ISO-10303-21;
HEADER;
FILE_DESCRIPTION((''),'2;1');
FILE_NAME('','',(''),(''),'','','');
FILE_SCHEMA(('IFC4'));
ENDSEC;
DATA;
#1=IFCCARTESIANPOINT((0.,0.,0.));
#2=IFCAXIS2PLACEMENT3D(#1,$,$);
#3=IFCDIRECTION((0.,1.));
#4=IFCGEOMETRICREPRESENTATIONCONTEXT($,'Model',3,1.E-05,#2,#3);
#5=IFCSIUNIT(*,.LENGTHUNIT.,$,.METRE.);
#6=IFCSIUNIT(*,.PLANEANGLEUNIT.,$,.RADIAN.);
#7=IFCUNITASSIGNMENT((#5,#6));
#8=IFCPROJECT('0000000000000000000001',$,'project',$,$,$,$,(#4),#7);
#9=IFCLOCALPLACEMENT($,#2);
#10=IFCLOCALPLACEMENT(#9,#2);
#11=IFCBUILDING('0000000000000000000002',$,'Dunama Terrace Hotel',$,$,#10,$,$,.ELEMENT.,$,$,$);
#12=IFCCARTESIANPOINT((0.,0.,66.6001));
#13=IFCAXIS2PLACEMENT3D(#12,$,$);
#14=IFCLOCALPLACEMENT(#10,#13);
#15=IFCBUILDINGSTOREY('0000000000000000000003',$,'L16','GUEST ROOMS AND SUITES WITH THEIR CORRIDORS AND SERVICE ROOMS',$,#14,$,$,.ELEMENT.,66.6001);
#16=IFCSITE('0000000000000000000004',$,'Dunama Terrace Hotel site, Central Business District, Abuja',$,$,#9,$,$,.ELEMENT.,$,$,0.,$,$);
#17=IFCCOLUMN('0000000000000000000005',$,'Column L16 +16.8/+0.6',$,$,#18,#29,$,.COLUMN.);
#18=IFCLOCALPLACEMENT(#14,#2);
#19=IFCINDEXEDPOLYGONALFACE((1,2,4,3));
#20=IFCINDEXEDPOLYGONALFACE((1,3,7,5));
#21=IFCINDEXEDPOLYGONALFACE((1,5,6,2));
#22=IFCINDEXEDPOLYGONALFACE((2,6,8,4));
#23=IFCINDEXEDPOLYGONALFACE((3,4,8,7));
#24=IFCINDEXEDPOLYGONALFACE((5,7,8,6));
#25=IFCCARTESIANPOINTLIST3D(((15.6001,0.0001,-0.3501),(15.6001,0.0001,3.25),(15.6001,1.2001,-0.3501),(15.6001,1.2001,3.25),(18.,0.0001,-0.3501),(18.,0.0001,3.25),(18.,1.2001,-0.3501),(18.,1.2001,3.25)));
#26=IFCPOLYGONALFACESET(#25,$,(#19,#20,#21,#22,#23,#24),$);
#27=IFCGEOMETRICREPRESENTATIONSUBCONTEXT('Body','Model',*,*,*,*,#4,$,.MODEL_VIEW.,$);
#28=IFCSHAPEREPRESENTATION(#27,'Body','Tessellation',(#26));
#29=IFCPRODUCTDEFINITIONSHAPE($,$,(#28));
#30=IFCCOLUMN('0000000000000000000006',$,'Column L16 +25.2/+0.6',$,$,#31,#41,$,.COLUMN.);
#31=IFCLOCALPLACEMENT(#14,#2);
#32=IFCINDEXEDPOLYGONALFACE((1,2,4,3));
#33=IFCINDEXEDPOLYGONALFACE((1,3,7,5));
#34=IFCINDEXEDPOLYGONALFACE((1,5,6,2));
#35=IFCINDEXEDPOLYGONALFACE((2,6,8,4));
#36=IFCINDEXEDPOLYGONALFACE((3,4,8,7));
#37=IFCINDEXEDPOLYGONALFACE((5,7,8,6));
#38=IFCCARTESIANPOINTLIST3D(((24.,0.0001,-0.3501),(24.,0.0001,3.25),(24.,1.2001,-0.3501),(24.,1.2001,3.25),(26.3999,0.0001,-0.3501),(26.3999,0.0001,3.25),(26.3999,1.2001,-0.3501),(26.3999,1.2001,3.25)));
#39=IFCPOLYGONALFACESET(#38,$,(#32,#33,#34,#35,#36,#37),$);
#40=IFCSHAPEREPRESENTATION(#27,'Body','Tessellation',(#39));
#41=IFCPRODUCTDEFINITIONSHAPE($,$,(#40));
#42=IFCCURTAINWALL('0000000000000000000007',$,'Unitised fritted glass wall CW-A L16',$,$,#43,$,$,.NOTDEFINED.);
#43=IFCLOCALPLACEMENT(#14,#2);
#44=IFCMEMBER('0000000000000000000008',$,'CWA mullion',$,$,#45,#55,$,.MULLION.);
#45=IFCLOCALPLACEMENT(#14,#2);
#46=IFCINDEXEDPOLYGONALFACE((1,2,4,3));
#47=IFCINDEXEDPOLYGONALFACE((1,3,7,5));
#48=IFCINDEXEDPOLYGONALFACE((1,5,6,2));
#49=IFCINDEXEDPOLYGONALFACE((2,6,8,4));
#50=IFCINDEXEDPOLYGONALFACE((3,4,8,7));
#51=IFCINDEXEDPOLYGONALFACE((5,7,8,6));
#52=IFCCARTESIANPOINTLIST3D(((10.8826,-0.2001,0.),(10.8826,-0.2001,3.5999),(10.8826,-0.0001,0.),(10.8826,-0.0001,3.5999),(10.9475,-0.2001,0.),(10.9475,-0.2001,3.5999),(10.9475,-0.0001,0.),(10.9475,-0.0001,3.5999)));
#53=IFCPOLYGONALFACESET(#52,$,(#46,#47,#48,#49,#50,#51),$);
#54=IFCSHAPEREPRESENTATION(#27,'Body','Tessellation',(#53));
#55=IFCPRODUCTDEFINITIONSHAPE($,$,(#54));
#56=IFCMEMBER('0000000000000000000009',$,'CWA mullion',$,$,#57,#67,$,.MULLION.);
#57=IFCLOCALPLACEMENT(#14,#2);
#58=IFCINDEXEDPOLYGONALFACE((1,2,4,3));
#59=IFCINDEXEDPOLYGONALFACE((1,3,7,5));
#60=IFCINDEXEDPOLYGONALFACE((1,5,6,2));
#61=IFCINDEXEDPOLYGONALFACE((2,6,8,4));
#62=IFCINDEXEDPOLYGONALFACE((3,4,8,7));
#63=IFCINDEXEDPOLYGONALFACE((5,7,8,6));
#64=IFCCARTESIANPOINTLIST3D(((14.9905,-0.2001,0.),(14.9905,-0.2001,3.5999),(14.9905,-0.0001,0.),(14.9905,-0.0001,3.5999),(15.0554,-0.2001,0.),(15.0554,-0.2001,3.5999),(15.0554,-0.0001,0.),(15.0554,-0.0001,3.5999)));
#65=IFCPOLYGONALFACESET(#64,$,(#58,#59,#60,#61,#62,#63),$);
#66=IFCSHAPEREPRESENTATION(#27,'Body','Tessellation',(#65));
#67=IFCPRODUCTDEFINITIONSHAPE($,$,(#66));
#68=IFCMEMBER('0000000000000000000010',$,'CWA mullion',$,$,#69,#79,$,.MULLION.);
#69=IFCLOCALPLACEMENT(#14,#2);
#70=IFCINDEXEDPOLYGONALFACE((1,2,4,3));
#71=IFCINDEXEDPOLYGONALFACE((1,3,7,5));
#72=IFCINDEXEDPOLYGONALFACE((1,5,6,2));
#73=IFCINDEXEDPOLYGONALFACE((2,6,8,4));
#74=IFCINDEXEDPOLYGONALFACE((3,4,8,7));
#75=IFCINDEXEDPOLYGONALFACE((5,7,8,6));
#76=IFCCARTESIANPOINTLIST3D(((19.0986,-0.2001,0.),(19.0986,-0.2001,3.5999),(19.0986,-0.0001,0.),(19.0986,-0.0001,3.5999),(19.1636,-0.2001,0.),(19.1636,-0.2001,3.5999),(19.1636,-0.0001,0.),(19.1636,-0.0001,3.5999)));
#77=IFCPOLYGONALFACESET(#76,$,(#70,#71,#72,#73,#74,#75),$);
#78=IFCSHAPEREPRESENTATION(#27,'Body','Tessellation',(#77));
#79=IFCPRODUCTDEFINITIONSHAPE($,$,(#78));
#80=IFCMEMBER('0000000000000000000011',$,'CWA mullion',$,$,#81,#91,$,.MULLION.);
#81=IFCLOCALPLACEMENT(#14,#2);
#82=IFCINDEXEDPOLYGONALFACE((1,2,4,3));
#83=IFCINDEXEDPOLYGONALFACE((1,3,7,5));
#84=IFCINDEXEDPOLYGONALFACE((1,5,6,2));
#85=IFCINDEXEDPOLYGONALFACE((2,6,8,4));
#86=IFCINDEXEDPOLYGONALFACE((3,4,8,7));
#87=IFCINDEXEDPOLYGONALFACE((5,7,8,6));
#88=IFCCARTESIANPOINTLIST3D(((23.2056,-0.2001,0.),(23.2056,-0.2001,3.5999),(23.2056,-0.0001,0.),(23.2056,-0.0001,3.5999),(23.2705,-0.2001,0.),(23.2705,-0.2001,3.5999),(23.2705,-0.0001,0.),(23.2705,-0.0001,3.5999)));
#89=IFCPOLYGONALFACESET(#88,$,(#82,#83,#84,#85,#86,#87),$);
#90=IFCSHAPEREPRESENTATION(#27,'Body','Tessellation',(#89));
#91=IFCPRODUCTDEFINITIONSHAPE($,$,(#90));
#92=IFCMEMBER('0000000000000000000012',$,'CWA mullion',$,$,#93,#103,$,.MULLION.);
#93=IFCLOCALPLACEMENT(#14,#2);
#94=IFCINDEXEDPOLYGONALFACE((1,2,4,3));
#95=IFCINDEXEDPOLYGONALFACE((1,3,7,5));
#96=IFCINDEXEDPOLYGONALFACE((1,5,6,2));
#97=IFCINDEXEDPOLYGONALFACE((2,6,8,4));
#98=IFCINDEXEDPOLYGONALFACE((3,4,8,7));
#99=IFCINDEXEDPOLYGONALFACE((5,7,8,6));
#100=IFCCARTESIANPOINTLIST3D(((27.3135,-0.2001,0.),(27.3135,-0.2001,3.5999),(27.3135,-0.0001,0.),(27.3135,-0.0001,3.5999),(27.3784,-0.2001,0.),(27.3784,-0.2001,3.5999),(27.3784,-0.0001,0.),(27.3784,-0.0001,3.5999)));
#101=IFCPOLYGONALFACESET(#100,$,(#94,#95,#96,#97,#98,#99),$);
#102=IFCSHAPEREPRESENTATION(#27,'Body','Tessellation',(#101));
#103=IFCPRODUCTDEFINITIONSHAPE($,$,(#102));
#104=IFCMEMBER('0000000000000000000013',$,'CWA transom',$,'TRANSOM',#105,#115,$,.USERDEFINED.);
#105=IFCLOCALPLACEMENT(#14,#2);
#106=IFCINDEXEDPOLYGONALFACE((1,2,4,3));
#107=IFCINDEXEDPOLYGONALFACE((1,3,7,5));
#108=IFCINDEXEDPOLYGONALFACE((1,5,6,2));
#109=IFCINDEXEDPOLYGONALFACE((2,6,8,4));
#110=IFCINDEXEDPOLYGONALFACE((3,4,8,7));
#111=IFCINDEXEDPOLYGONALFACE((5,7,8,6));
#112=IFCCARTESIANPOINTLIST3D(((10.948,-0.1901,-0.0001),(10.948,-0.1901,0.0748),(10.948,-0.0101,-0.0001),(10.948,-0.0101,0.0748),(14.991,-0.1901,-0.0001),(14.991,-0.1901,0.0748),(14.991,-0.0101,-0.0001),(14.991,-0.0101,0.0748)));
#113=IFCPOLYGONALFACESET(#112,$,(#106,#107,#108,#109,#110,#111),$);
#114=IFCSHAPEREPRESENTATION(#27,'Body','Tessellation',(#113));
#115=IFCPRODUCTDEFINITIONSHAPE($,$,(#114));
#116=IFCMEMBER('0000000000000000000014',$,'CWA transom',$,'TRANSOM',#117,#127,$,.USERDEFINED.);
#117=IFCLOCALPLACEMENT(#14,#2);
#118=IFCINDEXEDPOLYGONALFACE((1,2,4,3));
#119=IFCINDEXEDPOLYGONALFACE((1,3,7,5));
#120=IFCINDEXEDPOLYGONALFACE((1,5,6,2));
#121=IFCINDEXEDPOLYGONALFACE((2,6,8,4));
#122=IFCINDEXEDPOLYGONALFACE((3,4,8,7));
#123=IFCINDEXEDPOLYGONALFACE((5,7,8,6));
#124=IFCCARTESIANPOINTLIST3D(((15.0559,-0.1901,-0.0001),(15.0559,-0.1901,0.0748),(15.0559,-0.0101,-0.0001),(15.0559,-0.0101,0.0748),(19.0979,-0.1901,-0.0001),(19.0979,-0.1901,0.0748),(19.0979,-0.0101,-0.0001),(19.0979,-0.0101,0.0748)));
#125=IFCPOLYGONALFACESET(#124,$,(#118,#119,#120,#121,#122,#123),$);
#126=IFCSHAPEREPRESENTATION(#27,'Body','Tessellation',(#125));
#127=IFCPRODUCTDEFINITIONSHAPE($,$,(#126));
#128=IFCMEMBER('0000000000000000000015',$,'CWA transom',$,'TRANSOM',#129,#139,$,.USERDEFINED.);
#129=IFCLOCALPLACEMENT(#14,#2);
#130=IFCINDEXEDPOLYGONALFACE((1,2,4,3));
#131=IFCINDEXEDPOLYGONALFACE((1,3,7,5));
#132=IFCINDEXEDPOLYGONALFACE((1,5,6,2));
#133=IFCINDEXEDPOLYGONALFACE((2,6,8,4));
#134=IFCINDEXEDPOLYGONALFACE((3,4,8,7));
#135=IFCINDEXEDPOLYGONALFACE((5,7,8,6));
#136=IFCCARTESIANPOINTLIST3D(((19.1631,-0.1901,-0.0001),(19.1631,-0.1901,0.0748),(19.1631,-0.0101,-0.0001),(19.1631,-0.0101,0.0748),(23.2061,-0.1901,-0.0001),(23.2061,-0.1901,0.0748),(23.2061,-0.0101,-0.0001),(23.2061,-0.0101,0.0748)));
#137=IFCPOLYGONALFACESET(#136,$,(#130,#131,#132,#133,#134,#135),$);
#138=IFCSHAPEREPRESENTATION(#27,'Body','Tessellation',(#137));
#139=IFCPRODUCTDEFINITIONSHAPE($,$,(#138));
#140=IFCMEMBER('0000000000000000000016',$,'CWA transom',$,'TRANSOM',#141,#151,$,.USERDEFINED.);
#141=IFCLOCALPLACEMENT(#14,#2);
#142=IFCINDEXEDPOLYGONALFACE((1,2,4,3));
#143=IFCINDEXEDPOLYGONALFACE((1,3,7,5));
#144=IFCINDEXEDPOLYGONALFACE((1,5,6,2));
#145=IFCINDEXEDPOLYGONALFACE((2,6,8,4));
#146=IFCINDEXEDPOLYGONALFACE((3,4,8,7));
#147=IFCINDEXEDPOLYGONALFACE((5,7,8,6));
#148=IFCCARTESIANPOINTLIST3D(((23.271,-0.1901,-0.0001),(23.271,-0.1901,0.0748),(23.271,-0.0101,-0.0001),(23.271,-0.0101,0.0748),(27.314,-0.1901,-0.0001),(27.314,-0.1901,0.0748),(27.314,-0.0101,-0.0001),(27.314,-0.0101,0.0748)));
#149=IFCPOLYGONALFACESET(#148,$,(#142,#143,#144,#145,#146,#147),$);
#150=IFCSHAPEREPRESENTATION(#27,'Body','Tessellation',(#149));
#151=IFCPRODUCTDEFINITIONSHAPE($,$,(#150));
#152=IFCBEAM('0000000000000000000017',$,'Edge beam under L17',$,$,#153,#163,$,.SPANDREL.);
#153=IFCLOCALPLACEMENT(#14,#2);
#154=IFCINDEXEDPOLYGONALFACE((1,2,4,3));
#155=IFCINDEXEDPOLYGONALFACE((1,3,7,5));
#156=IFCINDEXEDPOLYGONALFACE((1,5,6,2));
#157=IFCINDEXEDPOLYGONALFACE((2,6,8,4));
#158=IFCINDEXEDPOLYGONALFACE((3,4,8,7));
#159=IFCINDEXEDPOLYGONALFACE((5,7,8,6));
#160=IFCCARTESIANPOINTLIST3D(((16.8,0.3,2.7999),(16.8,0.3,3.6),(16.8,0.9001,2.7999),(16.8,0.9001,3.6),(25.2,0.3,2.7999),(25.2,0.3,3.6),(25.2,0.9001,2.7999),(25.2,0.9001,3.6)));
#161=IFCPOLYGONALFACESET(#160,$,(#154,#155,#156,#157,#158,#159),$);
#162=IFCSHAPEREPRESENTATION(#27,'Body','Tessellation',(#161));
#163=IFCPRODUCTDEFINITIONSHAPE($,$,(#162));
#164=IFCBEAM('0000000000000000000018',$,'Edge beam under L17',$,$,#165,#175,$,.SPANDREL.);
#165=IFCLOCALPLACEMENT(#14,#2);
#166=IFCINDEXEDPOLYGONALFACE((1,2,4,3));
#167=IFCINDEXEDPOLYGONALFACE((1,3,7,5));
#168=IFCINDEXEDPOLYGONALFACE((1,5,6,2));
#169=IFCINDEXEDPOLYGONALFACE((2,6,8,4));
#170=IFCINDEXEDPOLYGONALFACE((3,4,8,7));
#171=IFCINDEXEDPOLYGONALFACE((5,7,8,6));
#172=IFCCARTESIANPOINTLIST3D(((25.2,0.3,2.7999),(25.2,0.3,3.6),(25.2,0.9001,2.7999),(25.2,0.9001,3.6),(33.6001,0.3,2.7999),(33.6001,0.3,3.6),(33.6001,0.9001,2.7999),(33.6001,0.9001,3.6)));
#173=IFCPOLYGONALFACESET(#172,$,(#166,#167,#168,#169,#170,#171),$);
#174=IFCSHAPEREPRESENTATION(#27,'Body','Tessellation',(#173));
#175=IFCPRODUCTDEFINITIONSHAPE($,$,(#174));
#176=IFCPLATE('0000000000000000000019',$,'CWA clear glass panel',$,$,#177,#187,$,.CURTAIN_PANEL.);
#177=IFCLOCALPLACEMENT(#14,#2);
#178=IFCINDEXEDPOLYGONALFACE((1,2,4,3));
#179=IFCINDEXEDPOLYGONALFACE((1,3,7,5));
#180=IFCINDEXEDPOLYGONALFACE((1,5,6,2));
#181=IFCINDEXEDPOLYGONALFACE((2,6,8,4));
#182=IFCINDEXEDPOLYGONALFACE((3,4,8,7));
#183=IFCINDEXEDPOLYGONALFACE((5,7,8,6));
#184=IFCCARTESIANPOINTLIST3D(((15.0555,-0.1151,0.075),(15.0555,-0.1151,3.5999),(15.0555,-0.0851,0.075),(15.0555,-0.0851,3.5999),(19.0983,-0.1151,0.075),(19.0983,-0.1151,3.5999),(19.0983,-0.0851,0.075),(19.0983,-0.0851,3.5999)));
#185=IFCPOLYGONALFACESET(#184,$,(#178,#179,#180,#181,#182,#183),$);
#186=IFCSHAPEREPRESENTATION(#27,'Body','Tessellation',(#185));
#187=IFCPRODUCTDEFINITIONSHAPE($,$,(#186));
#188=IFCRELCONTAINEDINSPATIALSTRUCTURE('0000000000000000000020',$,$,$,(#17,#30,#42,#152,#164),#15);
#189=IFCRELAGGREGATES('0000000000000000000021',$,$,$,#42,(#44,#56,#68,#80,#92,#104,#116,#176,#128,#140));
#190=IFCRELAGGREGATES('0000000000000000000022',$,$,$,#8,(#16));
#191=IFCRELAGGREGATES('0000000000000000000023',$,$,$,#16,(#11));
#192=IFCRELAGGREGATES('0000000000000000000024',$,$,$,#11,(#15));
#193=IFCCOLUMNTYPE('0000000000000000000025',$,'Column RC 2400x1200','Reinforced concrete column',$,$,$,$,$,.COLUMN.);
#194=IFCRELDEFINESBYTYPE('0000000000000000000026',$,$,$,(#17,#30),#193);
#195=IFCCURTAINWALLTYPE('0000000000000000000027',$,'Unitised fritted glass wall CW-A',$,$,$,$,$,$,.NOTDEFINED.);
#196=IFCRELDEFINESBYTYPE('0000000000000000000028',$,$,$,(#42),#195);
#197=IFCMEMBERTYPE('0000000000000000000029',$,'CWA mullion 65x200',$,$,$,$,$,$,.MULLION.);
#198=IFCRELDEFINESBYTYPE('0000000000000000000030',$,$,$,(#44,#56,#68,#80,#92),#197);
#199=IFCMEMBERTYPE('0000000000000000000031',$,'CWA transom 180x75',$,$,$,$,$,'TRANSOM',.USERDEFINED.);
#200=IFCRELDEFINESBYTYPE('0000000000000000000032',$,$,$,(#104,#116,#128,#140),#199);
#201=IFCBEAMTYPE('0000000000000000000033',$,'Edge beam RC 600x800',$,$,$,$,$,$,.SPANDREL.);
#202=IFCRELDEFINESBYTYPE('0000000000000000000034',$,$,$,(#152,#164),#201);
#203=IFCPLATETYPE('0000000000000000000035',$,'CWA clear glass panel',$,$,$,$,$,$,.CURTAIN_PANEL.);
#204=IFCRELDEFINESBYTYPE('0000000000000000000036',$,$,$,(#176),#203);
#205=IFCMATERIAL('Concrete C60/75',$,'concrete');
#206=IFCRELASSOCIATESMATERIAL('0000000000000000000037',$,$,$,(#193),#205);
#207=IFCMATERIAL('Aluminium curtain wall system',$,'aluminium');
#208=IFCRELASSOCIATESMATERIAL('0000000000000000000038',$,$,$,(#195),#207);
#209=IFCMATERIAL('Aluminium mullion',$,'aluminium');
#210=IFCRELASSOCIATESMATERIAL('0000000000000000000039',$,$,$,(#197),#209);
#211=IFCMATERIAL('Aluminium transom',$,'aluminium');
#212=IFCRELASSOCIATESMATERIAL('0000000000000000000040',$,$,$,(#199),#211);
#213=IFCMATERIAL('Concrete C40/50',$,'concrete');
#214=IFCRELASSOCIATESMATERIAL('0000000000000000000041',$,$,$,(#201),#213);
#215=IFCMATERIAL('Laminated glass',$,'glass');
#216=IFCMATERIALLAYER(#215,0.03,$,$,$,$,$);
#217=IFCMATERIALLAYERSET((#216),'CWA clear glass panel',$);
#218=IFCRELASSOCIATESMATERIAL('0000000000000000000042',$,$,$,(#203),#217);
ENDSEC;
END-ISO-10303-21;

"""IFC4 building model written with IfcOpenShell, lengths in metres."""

from ifc_helpers import new_model, si_unit, direction, frame, origin, origin_2d, place, context, subcontext, project, spatial, rectangle, extrude, material, layer, layer_set, material_profile, profile_set, type_object, element, aggregate, save


model = new_model("IFC4")

# Units and contexts
model_context = context("Model", 3, precision=1e-05, world=origin(), true_north=direction((0.0, 1.0)))
body_context = subcontext(model_context, "Body", "Model", "MODEL_VIEW")
ifc_project = project(units=[si_unit("LENGTHUNIT", "METRE"), si_unit("PLANEANGLEUNIT", "RADIAN")], contexts=[model_context])

# Site, building, storey
site_placement = place(None, origin())
site = spatial("IfcSite", under=ifc_project, at=site_placement, Name="Dunama Terrace Hotel site, Central Business District, Abuja", CompositionType="ELEMENT", RefElevation=0.0)
building_placement = place(site_placement, origin())
building = spatial("IfcBuilding", under=site, at=building_placement, Name="Dunama Terrace Hotel", CompositionType="ELEMENT")
storey_placement = place(building_placement, frame((0.0, 0.0, 66.6001)))
storey = spatial("IfcBuildingStorey", under=building, at=storey_placement, Name="L16", Description="GUEST ROOMS AND SUITES WITH THEIR CORRIDORS AND SERVICE ROOMS", CompositionType="ELEMENT", Elevation=66.6001)

# Columns
ifc_material_1 = material(Name="Concrete C60/75", Category="concrete")
ifc_material_profile_1 = material_profile(ifc_material_1, rectangle(XDim=2.3999, YDim=1.2, at=origin_2d()), Name="RC 2400x1200")
ifc_profile_set_1 = profile_set([ifc_material_profile_1], Name="Concrete C60/75")
column_type = type_object("IfcColumnType", Name="Column RC 2400x1200", Description="Reinforced concrete column", PredefinedType="COLUMN", material=ifc_profile_set_1)
for number, where, z_axis, x_axis, name in (
    (1, (16.8, 0.6001, -0.3501), (0.0, 0.0, 1.0), (1.0, 0.0, 0.0), "Column L16 +16.8/+0.6"),
    (2, (25.2, 0.6001, -0.3501), (0.0, 0.0, 1.0), (1.0, 0.0, 0.0), "Column L16 +25.2/+0.6"),
):
    element("IfcColumn", number, at=place(storey_placement, frame(where, z_axis=z_axis, x_axis=x_axis)), inside=storey, type_object=column_type, Name=name, PredefinedType="COLUMN", context=body_context, shape_type="SweptSolid", body=[
        extrude(rectangle(XDim=2.3999, YDim=1.2, at=origin_2d()), origin(), (0.0, 0.0, 1.0), 3.6001),
    ])

# Curtain wall, members
ifc_material_2 = material(Name="Aluminium curtain wall system", Category="aluminium")
curtain_wall_type = type_object("IfcCurtainWallType", Name="Unitised fritted glass wall CW-A", PredefinedType="NOTDEFINED", material=ifc_material_2)
curtain_wall_placement = place(storey_placement, origin())
curtain_wall = element("IfcCurtainWall", 3, at=curtain_wall_placement, inside=storey, type_object=curtain_wall_type, Name="Unitised fritted glass wall CW-A L16", PredefinedType="NOTDEFINED")
ifc_material_3 = material(Name="Aluminium mullion", Category="aluminium")
ifc_material_profile_2 = material_profile(ifc_material_3, rectangle(XDim=0.0649, YDim=0.2, at=origin_2d()), Name="CWA MULLION 65X200")
ifc_profile_set_2 = profile_set([ifc_material_profile_2], Name="Aluminium mullion")
member_type_1 = type_object("IfcMemberType", Name="CWA mullion 65x200", PredefinedType="MULLION", material=ifc_profile_set_2)
member_1_placement = place(storey_placement, frame((10.915, -0.1001, 0.0), z_axis=(0.0, 0.0, 1.0), x_axis=(1.0, 0.0, 0.0)))
member_1 = element("IfcMember", 4, at=member_1_placement, type_object=member_type_1, Name="CWA mullion", PredefinedType="MULLION", context=body_context, shape_type="SweptSolid", body=[
    extrude(rectangle(XDim=0.0649, YDim=0.2, at=origin_2d()), origin(), (0.0, 0.0, 1.0), 3.5999),
])
member_2_placement = place(storey_placement, frame((15.0229, -0.1001, 0.0), z_axis=(0.0, 0.0, 1.0), x_axis=(1.0, 0.0, 0.0)))
member_2 = element("IfcMember", 5, at=member_2_placement, type_object=member_type_1, Name="CWA mullion", PredefinedType="MULLION", context=body_context, shape_type="SweptSolid", body=[
    extrude(rectangle(XDim=0.0649, YDim=0.2, at=origin_2d()), origin(), (0.0, 0.0, 1.0), 3.5999),
])
member_3_placement = place(storey_placement, frame((19.1311, -0.1001, 0.0), z_axis=(0.0, 0.0, 1.0), x_axis=(1.0, 0.0, 0.0)))
member_3 = element("IfcMember", 6, at=member_3_placement, type_object=member_type_1, Name="CWA mullion", PredefinedType="MULLION", context=body_context, shape_type="SweptSolid", body=[
    extrude(rectangle(XDim=0.0649, YDim=0.2, at=origin_2d()), origin(), (0.0, 0.0, 1.0), 3.5999),
])
member_4_placement = place(storey_placement, frame((23.238, -0.1001, 0.0), z_axis=(0.0, 0.0, 1.0), x_axis=(1.0, 0.0, 0.0)))
member_4 = element("IfcMember", 7, at=member_4_placement, type_object=member_type_1, Name="CWA mullion", PredefinedType="MULLION", context=body_context, shape_type="SweptSolid", body=[
    extrude(rectangle(XDim=0.0649, YDim=0.2, at=origin_2d()), origin(), (0.0, 0.0, 1.0), 3.5999),
])
member_5_placement = place(storey_placement, frame((27.3459, -0.1001, 0.0), z_axis=(0.0, 0.0, 1.0), x_axis=(1.0, 0.0, 0.0)))
member_5 = element("IfcMember", 8, at=member_5_placement, type_object=member_type_1, Name="CWA mullion", PredefinedType="MULLION", context=body_context, shape_type="SweptSolid", body=[
    extrude(rectangle(XDim=0.0649, YDim=0.2, at=origin_2d()), origin(), (0.0, 0.0, 1.0), 3.5999),
])
ifc_material_4 = material(Name="Aluminium transom", Category="aluminium")
ifc_material_profile_3 = material_profile(ifc_material_4, rectangle(XDim=0.1799, YDim=0.075, at=origin_2d()), Name="CWA TRANSOM 180X75")
ifc_profile_set_3 = profile_set([ifc_material_profile_3], Name="Aluminium transom")
member_type_2 = type_object("IfcMemberType", Name="CWA transom 180x75", ElementType="TRANSOM", PredefinedType="USERDEFINED", material=ifc_profile_set_3)
member_6_placement = place(storey_placement, frame((10.948, -0.1001, 0.0374), z_axis=(1.0, 0.0, 0.0), x_axis=(0.0, 1.0, 0.0)))
member_6 = element("IfcMember", 9, at=member_6_placement, type_object=member_type_2, Name="CWA transom", ObjectType="TRANSOM", PredefinedType="USERDEFINED", context=body_context, shape_type="SweptSolid", body=[
    extrude(rectangle(XDim=0.1799, YDim=0.075, at=origin_2d()), origin(), (0.0, 0.0, 1.0), 4.043),
])
member_7_placement = place(storey_placement, frame((15.0559, -0.1001, 0.0374), z_axis=(1.0, 0.0, 0.0), x_axis=(0.0, 1.0, 0.0)))
member_7 = element("IfcMember", 10, at=member_7_placement, type_object=member_type_2, Name="CWA transom", ObjectType="TRANSOM", PredefinedType="USERDEFINED", context=body_context, shape_type="SweptSolid", body=[
    extrude(rectangle(XDim=0.1799, YDim=0.075, at=origin_2d()), origin(), (0.0, 0.0, 1.0), 4.042),
])
member_8_placement = place(storey_placement, frame((19.1631, -0.1001, 0.0374), z_axis=(1.0, 0.0, 0.0), x_axis=(0.0, 1.0, 0.0)))
member_8 = element("IfcMember", 11, at=member_8_placement, type_object=member_type_2, Name="CWA transom", ObjectType="TRANSOM", PredefinedType="USERDEFINED", context=body_context, shape_type="SweptSolid", body=[
    extrude(rectangle(XDim=0.1799, YDim=0.075, at=origin_2d()), origin(), (0.0, 0.0, 1.0), 4.043),
])
member_9_placement = place(storey_placement, frame((23.271, -0.1001, 0.0374), z_axis=(1.0, 0.0, 0.0), x_axis=(0.0, 1.0, 0.0)))
member_9 = element("IfcMember", 12, at=member_9_placement, type_object=member_type_2, Name="CWA transom", ObjectType="TRANSOM", PredefinedType="USERDEFINED", context=body_context, shape_type="SweptSolid", body=[
    extrude(rectangle(XDim=0.1799, YDim=0.075, at=origin_2d()), origin(), (0.0, 0.0, 1.0), 4.043),
])

# Beams
ifc_material_5 = material(Name="Concrete C40/50", Category="concrete")
ifc_material_profile_4 = material_profile(ifc_material_5, rectangle(XDim=0.6001, YDim=0.8, at=origin_2d()), Name="RC 600x800")
ifc_profile_set_4 = profile_set([ifc_material_profile_4], Name="Concrete C40/50")
beam_type = type_object("IfcBeamType", Name="Edge beam RC 600x800", PredefinedType="SPANDREL", material=ifc_profile_set_4)
beam_1_placement = place(storey_placement, frame((16.8, 0.6001, 3.2), z_axis=(1.0, 0.0, 0.0), x_axis=(0.0, 1.0, 0.0)))
element("IfcBeam", 13, at=beam_1_placement, inside=storey, type_object=beam_type, Name="Edge beam under L17", PredefinedType="SPANDREL", context=body_context, shape_type="SweptSolid", body=[
    extrude(rectangle(XDim=0.6001, YDim=0.8, at=origin_2d()), origin(), (0.0, 0.0, 1.0), 8.3999),
])
beam_2_placement = place(storey_placement, frame((25.2, 0.6001, 3.2), z_axis=(1.0, 0.0, 0.0), x_axis=(0.0, 1.0, 0.0)))
element("IfcBeam", 14, at=beam_2_placement, inside=storey, type_object=beam_type, Name="Edge beam under L17", PredefinedType="SPANDREL", context=body_context, shape_type="SweptSolid", body=[
    extrude(rectangle(XDim=0.6001, YDim=0.8, at=origin_2d()), origin(), (0.0, 0.0, 1.0), 8.4001),
])

# Plate
ifc_material_6 = material(Name="Laminated glass", Category="glass")
ifc_layer_1 = layer(ifc_material_6, 0.03)
ifc_layer_set_1 = layer_set([ifc_layer_1], Name="CWA clear glass panel")
plate_type_1 = type_object("IfcPlateType", Name="CWA clear glass panel", PredefinedType="CURTAIN_PANEL", material=ifc_layer_set_1)
plate_1_placement = place(storey_placement, frame((17.0769, -0.1001, 0.075), z_axis=(0.0, 0.0, 1.0), x_axis=(1.0, 0.0, 0.0)))
plate_1 = element("IfcPlate", 15, at=plate_1_placement, type_object=plate_type_1, Name="CWA clear glass panel", PredefinedType="CURTAIN_PANEL", context=body_context, shape_type="SweptSolid", body=[
    extrude(rectangle(XDim=4.0427, YDim=0.03, at=origin_2d()), origin(), (0.0, 0.0, 1.0), 3.5249),
])
aggregate(curtain_wall, [member_1, member_2, member_3, member_4, member_5, member_6, member_7, plate_1, member_8, member_9])

save(model, "model.ifc")
